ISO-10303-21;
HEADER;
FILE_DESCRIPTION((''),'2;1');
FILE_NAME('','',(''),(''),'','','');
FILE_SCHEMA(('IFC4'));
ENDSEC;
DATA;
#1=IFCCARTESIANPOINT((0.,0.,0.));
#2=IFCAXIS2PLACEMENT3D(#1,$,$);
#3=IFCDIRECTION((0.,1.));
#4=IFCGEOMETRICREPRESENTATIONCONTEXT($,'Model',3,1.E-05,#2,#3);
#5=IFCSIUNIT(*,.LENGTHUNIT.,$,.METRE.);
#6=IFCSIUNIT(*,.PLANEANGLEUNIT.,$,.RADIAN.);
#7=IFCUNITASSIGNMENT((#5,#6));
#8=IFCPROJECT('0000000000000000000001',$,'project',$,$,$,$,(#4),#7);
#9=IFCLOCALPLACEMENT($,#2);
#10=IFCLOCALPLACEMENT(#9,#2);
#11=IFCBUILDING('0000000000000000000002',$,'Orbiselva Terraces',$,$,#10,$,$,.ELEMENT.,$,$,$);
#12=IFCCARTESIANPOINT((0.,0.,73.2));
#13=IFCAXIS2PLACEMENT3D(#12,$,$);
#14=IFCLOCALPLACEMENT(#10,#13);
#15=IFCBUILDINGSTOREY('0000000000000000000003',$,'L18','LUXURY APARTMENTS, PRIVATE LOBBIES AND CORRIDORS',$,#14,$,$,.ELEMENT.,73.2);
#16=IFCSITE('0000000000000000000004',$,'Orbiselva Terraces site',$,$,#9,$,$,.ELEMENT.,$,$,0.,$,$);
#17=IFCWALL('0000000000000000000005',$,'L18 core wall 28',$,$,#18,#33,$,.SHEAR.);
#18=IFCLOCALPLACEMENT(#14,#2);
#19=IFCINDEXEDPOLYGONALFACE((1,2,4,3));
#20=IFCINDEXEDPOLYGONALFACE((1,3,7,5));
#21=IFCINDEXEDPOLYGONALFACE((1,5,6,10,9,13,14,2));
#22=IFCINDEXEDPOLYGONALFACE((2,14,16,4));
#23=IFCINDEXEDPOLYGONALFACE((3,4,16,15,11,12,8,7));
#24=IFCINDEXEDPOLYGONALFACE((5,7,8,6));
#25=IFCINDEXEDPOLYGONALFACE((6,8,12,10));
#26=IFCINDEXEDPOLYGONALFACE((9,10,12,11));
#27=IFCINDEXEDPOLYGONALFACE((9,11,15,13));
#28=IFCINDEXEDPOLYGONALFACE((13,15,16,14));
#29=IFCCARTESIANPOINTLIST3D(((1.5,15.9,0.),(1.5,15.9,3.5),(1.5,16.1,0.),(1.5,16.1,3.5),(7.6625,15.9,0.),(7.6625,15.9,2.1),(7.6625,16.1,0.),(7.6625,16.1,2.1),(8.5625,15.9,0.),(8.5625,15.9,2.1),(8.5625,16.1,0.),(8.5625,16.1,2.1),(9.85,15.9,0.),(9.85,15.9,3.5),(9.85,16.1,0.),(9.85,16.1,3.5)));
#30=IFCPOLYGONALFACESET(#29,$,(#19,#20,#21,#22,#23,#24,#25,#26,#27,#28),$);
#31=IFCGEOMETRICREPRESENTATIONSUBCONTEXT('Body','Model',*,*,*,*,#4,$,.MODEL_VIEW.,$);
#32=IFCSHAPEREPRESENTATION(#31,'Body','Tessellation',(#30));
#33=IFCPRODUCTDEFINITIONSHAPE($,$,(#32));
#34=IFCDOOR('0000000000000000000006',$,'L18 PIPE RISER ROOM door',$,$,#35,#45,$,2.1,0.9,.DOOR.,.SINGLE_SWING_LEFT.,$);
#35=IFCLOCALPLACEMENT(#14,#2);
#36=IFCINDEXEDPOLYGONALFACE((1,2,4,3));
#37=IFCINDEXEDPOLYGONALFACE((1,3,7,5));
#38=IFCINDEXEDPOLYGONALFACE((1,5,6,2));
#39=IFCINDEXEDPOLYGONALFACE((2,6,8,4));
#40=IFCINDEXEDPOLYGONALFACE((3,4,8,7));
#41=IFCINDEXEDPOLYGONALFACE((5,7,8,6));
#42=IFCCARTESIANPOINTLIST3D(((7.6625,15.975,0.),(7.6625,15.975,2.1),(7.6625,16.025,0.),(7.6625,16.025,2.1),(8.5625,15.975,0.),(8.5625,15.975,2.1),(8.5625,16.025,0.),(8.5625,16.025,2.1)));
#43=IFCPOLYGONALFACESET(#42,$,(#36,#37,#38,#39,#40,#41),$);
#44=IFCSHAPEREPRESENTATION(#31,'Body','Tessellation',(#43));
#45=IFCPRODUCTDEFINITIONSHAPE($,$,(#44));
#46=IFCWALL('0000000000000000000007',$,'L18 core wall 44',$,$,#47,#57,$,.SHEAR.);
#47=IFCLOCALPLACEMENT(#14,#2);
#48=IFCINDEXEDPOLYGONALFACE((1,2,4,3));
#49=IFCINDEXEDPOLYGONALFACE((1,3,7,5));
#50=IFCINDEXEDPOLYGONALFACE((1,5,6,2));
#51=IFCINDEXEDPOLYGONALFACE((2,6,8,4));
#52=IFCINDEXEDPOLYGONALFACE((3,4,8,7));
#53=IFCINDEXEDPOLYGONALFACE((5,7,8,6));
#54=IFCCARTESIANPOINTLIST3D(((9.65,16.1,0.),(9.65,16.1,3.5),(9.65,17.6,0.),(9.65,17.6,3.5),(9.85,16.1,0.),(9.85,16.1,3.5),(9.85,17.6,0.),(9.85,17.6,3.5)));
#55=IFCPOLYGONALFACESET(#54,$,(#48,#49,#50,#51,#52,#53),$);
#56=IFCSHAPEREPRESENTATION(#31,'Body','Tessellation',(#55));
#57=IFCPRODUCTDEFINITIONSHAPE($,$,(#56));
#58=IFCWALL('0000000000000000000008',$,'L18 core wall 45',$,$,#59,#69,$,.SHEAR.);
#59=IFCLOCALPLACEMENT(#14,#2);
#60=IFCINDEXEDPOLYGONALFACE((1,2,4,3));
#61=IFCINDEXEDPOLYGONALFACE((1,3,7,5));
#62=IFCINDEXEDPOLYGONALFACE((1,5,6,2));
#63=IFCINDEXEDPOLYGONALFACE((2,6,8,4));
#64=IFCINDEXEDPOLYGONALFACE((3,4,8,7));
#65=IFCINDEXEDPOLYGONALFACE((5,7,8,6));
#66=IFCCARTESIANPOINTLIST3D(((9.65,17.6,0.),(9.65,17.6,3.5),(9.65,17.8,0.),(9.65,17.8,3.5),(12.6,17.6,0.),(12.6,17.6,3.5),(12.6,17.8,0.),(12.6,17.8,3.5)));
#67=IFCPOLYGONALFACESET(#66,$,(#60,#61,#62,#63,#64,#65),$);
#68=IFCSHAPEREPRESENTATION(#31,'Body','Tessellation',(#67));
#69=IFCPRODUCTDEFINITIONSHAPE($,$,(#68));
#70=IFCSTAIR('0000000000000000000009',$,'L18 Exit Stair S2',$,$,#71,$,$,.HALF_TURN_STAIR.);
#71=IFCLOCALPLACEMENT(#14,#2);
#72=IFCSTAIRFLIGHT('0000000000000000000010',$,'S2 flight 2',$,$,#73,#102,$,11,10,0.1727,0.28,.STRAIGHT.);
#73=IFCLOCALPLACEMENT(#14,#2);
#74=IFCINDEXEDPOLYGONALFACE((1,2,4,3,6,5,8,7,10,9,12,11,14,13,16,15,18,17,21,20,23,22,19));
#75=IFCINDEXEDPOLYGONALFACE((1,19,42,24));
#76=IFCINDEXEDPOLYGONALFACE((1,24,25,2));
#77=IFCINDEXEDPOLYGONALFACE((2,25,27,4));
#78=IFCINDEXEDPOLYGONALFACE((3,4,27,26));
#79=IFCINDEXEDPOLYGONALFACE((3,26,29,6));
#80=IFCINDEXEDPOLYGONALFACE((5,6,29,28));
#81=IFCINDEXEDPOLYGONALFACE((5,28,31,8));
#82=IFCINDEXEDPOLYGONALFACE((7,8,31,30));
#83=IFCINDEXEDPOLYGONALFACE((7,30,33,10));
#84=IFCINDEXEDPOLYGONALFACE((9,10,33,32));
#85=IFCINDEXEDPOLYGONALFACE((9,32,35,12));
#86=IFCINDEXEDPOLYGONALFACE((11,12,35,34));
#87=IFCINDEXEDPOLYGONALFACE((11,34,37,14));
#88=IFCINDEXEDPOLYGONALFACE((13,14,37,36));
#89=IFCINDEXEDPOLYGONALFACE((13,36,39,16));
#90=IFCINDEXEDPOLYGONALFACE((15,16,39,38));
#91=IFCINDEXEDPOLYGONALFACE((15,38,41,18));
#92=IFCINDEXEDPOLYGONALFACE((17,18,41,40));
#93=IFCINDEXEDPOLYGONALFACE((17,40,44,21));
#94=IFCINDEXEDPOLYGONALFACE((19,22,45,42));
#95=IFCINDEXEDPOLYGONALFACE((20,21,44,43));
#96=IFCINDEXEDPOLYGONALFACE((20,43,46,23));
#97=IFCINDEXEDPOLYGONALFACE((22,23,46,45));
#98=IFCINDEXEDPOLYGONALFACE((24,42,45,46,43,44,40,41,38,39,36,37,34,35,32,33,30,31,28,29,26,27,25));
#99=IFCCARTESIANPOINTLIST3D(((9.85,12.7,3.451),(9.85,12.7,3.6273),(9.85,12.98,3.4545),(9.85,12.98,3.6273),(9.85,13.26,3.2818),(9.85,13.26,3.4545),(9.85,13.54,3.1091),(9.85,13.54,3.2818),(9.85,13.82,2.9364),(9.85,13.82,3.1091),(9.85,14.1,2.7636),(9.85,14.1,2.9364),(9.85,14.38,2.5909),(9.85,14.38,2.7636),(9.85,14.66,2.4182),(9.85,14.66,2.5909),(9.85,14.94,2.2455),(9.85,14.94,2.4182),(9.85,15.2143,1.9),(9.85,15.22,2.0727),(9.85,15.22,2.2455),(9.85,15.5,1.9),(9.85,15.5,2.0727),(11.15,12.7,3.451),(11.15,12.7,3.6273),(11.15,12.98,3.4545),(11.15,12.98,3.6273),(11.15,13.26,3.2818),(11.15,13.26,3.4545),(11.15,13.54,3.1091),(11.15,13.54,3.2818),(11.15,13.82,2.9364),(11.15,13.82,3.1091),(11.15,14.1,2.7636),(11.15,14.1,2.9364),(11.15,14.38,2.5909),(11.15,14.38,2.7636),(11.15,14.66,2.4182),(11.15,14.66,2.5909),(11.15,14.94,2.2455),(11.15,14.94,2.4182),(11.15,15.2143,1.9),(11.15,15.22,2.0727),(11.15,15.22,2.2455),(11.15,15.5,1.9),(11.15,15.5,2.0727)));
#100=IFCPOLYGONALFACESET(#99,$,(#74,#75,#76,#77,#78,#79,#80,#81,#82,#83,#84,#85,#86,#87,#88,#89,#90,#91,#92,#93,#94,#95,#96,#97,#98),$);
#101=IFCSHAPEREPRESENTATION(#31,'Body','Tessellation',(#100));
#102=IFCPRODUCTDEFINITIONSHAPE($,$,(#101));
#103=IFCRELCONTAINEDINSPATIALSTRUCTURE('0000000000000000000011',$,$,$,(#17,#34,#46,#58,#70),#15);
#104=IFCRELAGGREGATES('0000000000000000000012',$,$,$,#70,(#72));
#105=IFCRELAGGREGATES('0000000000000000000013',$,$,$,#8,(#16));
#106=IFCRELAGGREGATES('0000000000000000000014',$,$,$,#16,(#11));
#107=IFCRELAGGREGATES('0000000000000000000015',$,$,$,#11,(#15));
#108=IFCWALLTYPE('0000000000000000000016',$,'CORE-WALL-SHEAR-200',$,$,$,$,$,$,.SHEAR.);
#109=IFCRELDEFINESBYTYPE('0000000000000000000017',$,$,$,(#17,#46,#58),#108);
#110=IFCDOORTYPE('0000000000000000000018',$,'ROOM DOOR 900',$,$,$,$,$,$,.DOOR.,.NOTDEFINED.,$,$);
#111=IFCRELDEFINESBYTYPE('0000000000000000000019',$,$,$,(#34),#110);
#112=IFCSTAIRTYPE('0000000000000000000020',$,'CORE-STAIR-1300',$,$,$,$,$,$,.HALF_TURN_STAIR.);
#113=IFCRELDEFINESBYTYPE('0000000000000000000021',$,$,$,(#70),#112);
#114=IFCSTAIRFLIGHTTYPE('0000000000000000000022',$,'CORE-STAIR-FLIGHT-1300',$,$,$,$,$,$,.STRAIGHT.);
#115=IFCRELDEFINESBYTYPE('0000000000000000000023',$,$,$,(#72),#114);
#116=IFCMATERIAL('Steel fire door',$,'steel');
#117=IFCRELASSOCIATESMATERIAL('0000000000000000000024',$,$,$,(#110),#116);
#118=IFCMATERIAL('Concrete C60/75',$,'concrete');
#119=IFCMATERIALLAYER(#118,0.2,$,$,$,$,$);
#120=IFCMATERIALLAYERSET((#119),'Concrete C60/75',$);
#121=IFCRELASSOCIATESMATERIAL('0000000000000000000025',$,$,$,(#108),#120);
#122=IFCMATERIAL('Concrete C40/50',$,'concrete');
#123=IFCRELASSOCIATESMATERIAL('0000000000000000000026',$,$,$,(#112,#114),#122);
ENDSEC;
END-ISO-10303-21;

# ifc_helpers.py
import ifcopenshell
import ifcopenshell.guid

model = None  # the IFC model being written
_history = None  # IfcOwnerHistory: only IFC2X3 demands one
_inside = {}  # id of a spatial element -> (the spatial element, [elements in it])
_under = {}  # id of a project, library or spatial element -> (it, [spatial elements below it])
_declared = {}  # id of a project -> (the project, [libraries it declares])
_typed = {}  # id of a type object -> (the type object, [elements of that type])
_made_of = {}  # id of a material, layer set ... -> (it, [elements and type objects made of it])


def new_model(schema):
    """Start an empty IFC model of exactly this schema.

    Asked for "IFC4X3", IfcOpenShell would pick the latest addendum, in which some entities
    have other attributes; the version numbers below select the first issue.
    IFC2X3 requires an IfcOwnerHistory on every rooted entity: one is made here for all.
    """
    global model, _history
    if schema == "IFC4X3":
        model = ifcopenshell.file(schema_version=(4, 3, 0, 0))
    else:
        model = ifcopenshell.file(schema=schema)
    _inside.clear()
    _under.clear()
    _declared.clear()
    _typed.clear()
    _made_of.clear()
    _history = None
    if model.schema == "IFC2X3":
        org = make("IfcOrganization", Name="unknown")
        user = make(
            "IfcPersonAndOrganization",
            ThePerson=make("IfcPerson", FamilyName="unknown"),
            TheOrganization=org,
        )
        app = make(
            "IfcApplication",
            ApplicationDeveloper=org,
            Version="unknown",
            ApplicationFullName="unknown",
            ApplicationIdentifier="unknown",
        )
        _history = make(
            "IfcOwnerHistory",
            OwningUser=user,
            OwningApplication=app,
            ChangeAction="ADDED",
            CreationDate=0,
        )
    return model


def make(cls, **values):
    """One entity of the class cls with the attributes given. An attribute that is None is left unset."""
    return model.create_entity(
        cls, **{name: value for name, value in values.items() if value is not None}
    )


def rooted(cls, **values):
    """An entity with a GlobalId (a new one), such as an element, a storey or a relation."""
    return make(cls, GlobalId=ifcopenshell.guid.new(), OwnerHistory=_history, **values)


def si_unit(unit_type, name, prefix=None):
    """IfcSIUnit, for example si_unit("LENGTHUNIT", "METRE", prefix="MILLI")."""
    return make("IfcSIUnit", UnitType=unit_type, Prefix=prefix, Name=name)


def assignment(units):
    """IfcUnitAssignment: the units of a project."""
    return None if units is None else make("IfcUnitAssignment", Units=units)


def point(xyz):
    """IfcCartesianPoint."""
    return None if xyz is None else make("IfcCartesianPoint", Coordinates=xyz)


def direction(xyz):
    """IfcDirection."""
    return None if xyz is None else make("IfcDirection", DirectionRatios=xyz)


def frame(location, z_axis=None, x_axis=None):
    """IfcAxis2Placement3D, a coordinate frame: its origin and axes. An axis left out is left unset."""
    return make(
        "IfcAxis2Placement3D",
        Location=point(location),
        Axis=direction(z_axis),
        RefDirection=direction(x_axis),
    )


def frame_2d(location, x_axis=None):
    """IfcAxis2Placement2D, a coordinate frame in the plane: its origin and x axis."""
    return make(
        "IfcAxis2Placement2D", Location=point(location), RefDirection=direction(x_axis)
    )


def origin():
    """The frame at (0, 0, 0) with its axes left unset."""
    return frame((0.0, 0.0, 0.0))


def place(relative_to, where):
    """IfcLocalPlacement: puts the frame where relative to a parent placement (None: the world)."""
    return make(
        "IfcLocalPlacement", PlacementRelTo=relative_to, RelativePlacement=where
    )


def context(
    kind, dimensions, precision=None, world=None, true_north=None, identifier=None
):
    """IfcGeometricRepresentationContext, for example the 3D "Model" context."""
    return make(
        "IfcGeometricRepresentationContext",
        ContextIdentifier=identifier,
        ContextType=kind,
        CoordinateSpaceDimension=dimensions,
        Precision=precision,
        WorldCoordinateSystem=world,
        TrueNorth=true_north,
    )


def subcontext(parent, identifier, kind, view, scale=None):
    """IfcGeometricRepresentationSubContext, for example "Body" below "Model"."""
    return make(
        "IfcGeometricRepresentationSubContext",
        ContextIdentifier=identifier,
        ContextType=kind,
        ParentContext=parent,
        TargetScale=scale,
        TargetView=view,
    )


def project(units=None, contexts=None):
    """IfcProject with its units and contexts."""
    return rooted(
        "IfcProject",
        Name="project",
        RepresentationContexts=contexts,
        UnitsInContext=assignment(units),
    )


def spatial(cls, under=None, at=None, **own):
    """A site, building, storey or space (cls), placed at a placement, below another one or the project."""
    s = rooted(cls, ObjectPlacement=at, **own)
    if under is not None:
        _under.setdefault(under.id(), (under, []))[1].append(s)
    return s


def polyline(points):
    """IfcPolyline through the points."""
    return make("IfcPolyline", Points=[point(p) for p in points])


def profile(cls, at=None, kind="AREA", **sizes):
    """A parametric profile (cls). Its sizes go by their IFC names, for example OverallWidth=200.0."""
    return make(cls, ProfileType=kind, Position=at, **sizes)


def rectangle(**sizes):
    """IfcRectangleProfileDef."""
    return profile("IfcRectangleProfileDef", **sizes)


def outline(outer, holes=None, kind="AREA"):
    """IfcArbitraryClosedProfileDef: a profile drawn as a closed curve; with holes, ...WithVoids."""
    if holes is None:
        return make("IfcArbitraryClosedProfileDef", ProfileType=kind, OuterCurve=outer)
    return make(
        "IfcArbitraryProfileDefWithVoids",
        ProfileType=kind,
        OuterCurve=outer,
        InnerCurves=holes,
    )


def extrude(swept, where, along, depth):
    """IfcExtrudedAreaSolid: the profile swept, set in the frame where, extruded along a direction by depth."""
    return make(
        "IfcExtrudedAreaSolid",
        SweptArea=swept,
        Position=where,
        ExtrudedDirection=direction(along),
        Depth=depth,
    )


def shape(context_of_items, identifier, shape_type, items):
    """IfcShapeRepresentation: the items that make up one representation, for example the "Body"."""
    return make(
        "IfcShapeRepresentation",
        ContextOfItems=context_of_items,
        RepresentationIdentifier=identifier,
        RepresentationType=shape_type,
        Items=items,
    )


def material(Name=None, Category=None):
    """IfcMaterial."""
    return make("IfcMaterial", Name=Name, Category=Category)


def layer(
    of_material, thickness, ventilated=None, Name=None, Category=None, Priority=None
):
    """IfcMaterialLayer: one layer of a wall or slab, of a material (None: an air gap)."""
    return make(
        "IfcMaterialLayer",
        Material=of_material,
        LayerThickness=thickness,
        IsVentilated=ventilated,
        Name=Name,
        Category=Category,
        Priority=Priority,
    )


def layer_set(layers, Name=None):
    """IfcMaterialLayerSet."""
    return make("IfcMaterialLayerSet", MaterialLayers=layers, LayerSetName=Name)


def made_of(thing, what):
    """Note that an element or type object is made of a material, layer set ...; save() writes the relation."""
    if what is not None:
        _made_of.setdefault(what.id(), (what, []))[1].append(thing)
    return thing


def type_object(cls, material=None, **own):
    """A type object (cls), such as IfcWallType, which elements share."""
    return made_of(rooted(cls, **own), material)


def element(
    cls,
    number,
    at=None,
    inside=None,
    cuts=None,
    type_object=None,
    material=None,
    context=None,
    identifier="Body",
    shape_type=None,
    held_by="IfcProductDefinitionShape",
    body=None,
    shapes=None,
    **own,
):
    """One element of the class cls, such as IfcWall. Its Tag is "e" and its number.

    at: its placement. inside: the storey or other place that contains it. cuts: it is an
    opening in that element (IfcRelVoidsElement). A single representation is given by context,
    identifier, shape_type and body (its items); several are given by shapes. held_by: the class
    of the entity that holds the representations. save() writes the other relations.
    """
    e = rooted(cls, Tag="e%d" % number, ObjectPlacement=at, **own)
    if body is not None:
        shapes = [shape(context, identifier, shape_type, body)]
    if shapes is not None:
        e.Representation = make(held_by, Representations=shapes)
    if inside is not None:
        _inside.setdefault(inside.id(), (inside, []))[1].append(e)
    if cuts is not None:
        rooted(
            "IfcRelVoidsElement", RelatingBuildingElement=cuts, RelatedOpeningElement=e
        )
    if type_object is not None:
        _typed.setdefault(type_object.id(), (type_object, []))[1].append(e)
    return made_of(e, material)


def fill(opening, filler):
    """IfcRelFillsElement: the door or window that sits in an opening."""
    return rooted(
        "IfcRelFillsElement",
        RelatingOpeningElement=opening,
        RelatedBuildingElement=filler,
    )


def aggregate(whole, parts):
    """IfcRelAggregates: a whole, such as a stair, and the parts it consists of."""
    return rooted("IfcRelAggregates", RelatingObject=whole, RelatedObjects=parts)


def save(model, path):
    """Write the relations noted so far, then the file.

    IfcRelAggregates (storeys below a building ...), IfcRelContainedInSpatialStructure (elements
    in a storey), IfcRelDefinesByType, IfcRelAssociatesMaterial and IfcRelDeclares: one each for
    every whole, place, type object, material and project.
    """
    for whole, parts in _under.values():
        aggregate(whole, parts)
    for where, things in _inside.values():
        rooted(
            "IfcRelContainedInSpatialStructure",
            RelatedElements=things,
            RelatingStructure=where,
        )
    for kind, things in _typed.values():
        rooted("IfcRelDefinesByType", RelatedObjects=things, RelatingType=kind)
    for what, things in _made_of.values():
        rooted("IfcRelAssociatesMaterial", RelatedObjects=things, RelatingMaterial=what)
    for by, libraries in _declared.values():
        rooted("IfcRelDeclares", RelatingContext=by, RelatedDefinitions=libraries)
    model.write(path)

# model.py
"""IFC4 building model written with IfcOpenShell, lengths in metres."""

from ifc_helpers import new_model, si_unit, direction, frame, frame_2d, origin, place, context, subcontext, project, spatial, polyline, rectangle, outline, extrude, material, layer, layer_set, type_object, element, fill, aggregate, save


model = new_model("IFC4")

# Units and contexts
model_context = context("Model", 3, precision=1e-05, world=origin(), true_north=direction((0.0, 1.0)))
body_context = subcontext(model_context, "Body", "Model", "MODEL_VIEW")
ifc_project = project(units=[si_unit("LENGTHUNIT", "METRE"), si_unit("PLANEANGLEUNIT", "RADIAN")], contexts=[model_context])

# Site, building, storey
site_placement = place(None, origin())
site = spatial("IfcSite", under=ifc_project, at=site_placement, Name="Orbiselva Terraces site", CompositionType="ELEMENT", RefElevation=0.0)
building_placement = place(site_placement, origin())
building = spatial("IfcBuilding", under=site, at=building_placement, Name="Orbiselva Terraces", CompositionType="ELEMENT")
storey_placement = place(building_placement, frame((0.0, 0.0, 73.2)))
storey = spatial("IfcBuildingStorey", under=building, at=storey_placement, Name="L18", Description="LUXURY APARTMENTS, PRIVATE LOBBIES AND CORRIDORS", CompositionType="ELEMENT", Elevation=73.2)

# Shared definitions
ifc_material_1 = material(Name="Steel fire door", Category="steel")
door_type = type_object("IfcDoorType", Name="ROOM DOOR 900", OperationType="NOTDEFINED", PredefinedType="DOOR", material=ifc_material_1)

# Shared definitions
ifc_material_2 = material(Name="Concrete C40/50", Category="concrete")
ifc_material_3 = material(Name="Concrete C60/75", Category="concrete")
ifc_layer_1 = layer(ifc_material_3, 0.2)
ifc_layer_set_1 = layer_set([ifc_layer_1], Name="Concrete C60/75")
wall_type_1 = type_object("IfcWallType", Name="CORE-WALL-SHEAR-200", PredefinedType="SHEAR", material=ifc_layer_set_1)

# Wall, opening, door
wall_1_placement = place(storey_placement, frame((9.85, 16.0, 0.0), z_axis=(0.0, 0.0, 1.0), x_axis=(-1.0, 0.0, 0.0)))
wall_1 = element("IfcWall", 1, at=wall_1_placement, inside=storey, type_object=wall_type_1, Name="L18 core wall 28", PredefinedType="SHEAR", context=body_context, shape_type="SweptSolid", body=[
    extrude(rectangle(XDim=8.35, YDim=0.2, at=frame_2d((4.175, 0.0))), origin(), (0.0, 0.0, 1.0), 3.5),
])
opening_1_placement = place(wall_1_placement, frame((1.2875, 0.0, 0.0)))
opening_1 = element("IfcOpeningElement", 2, at=opening_1_placement, cuts=wall_1, PredefinedType="OPENING", context=body_context, shape_type="SweptSolid", body=[
    extrude(rectangle(XDim=0.9, YDim=2.1, at=frame_2d((0.45, 1.05))), frame((0.0, 0.11, 0.0), z_axis=(0.0, -1.0, 0.0), x_axis=(1.0, 0.0, 0.0)), (0.0, 0.0, 1.0), 0.22),
])
door_1_placement = place(opening_1_placement, origin())
door_1 = element("IfcDoor", 3, at=door_1_placement, inside=storey, type_object=door_type, Name="L18 PIPE RISER ROOM door", OperationType="SINGLE_SWING_LEFT", OverallHeight=2.1, OverallWidth=0.9, PredefinedType="DOOR", context=body_context, shape_type="SweptSolid", body=[
    extrude(rectangle(XDim=0.9, YDim=2.1, at=frame_2d((0.45, 1.05))), frame((0.0, 0.025, 0.0), z_axis=(0.0, -1.0, 0.0), x_axis=(1.0, 0.0, 0.0)), (0.0, 0.0, 1.0), 0.05),
])
fill(opening_1, door_1)

# Walls
wall_2_placement = place(storey_placement, frame((9.75, 16.1, 0.0), z_axis=(0.0, 0.0, 1.0), x_axis=(0.0, 1.0, 0.0)))
element("IfcWall", 4, at=wall_2_placement, inside=storey, type_object=wall_type_1, Name="L18 core wall 44", PredefinedType="SHEAR", context=body_context, shape_type="SweptSolid", body=[
    extrude(rectangle(XDim=1.5, YDim=0.2, at=frame_2d((0.75, 0.0))), origin(), (0.0, 0.0, 1.0), 3.5),
])
wall_3_placement = place(storey_placement, frame((9.65, 17.7, 0.0), z_axis=(0.0, 0.0, 1.0), x_axis=(1.0, 0.0, 0.0)))
element("IfcWall", 5, at=wall_3_placement, inside=storey, type_object=wall_type_1, Name="L18 core wall 45", PredefinedType="SHEAR", context=body_context, shape_type="SweptSolid", body=[
    extrude(rectangle(XDim=2.95, YDim=0.2, at=frame_2d((1.475, 0.0))), origin(), (0.0, 0.0, 1.0), 3.5),
])

# Stair, stair flight
stair_type = type_object("IfcStairType", Name="CORE-STAIR-1300", PredefinedType="HALF_TURN_STAIR", material=ifc_material_2)
stair_placement = place(storey_placement, origin())
stair = element("IfcStair", 6, at=stair_placement, inside=storey, type_object=stair_type, Name="L18 Exit Stair S2", PredefinedType="HALF_TURN_STAIR")
stair_flight_type = type_object("IfcStairFlightType", Name="CORE-STAIR-FLIGHT-1300", PredefinedType="STRAIGHT", material=ifc_material_2)
stair_flight_placement = place(storey_placement, frame((10.5, 15.5, 1.9), z_axis=(0.0, 0.0, 1.0), x_axis=(0.0, -1.0, 0.0)))
stair_flight = element("IfcStairFlight", 7, at=stair_flight_placement, type_object=stair_flight_type, Name="S2 flight 2", NumberOfRisers=11, NumberOfTreads=10, PredefinedType="STRAIGHT", RiserHeight=0.1727, TreadLength=0.28, context=body_context, shape_type="SweptSolid", body=[
    extrude(outline(polyline([(0.0, 0.0), (0.0, 0.1727), (0.28, 0.1727), (0.28, 0.3455), (0.56, 0.3455), (0.56, 0.5182), (0.84, 0.5182), (0.84, 0.6909), (1.12, 0.6909), (1.12, 0.8636), (1.4, 0.8636), (1.4, 1.0364), (1.68, 1.0364), (1.68, 1.2091), (1.96, 1.2091), (1.96, 1.3818), (2.24, 1.3818), (2.24, 1.5545), (2.52, 1.5545), (2.52, 1.7273), (2.8, 1.7273), (2.8, 1.9), (2.8, 1.551), (0.2857, 0.0), (0.0, 0.0)])), frame((0.0, 0.65, 0.0), z_axis=(0.0, -1.0, 0.0), x_axis=(1.0, 0.0, 0.0)), (0.0, 0.0, 1.0), 1.3),
])
aggregate(stair, [stair_flight])

save(model, "model.ifc")
